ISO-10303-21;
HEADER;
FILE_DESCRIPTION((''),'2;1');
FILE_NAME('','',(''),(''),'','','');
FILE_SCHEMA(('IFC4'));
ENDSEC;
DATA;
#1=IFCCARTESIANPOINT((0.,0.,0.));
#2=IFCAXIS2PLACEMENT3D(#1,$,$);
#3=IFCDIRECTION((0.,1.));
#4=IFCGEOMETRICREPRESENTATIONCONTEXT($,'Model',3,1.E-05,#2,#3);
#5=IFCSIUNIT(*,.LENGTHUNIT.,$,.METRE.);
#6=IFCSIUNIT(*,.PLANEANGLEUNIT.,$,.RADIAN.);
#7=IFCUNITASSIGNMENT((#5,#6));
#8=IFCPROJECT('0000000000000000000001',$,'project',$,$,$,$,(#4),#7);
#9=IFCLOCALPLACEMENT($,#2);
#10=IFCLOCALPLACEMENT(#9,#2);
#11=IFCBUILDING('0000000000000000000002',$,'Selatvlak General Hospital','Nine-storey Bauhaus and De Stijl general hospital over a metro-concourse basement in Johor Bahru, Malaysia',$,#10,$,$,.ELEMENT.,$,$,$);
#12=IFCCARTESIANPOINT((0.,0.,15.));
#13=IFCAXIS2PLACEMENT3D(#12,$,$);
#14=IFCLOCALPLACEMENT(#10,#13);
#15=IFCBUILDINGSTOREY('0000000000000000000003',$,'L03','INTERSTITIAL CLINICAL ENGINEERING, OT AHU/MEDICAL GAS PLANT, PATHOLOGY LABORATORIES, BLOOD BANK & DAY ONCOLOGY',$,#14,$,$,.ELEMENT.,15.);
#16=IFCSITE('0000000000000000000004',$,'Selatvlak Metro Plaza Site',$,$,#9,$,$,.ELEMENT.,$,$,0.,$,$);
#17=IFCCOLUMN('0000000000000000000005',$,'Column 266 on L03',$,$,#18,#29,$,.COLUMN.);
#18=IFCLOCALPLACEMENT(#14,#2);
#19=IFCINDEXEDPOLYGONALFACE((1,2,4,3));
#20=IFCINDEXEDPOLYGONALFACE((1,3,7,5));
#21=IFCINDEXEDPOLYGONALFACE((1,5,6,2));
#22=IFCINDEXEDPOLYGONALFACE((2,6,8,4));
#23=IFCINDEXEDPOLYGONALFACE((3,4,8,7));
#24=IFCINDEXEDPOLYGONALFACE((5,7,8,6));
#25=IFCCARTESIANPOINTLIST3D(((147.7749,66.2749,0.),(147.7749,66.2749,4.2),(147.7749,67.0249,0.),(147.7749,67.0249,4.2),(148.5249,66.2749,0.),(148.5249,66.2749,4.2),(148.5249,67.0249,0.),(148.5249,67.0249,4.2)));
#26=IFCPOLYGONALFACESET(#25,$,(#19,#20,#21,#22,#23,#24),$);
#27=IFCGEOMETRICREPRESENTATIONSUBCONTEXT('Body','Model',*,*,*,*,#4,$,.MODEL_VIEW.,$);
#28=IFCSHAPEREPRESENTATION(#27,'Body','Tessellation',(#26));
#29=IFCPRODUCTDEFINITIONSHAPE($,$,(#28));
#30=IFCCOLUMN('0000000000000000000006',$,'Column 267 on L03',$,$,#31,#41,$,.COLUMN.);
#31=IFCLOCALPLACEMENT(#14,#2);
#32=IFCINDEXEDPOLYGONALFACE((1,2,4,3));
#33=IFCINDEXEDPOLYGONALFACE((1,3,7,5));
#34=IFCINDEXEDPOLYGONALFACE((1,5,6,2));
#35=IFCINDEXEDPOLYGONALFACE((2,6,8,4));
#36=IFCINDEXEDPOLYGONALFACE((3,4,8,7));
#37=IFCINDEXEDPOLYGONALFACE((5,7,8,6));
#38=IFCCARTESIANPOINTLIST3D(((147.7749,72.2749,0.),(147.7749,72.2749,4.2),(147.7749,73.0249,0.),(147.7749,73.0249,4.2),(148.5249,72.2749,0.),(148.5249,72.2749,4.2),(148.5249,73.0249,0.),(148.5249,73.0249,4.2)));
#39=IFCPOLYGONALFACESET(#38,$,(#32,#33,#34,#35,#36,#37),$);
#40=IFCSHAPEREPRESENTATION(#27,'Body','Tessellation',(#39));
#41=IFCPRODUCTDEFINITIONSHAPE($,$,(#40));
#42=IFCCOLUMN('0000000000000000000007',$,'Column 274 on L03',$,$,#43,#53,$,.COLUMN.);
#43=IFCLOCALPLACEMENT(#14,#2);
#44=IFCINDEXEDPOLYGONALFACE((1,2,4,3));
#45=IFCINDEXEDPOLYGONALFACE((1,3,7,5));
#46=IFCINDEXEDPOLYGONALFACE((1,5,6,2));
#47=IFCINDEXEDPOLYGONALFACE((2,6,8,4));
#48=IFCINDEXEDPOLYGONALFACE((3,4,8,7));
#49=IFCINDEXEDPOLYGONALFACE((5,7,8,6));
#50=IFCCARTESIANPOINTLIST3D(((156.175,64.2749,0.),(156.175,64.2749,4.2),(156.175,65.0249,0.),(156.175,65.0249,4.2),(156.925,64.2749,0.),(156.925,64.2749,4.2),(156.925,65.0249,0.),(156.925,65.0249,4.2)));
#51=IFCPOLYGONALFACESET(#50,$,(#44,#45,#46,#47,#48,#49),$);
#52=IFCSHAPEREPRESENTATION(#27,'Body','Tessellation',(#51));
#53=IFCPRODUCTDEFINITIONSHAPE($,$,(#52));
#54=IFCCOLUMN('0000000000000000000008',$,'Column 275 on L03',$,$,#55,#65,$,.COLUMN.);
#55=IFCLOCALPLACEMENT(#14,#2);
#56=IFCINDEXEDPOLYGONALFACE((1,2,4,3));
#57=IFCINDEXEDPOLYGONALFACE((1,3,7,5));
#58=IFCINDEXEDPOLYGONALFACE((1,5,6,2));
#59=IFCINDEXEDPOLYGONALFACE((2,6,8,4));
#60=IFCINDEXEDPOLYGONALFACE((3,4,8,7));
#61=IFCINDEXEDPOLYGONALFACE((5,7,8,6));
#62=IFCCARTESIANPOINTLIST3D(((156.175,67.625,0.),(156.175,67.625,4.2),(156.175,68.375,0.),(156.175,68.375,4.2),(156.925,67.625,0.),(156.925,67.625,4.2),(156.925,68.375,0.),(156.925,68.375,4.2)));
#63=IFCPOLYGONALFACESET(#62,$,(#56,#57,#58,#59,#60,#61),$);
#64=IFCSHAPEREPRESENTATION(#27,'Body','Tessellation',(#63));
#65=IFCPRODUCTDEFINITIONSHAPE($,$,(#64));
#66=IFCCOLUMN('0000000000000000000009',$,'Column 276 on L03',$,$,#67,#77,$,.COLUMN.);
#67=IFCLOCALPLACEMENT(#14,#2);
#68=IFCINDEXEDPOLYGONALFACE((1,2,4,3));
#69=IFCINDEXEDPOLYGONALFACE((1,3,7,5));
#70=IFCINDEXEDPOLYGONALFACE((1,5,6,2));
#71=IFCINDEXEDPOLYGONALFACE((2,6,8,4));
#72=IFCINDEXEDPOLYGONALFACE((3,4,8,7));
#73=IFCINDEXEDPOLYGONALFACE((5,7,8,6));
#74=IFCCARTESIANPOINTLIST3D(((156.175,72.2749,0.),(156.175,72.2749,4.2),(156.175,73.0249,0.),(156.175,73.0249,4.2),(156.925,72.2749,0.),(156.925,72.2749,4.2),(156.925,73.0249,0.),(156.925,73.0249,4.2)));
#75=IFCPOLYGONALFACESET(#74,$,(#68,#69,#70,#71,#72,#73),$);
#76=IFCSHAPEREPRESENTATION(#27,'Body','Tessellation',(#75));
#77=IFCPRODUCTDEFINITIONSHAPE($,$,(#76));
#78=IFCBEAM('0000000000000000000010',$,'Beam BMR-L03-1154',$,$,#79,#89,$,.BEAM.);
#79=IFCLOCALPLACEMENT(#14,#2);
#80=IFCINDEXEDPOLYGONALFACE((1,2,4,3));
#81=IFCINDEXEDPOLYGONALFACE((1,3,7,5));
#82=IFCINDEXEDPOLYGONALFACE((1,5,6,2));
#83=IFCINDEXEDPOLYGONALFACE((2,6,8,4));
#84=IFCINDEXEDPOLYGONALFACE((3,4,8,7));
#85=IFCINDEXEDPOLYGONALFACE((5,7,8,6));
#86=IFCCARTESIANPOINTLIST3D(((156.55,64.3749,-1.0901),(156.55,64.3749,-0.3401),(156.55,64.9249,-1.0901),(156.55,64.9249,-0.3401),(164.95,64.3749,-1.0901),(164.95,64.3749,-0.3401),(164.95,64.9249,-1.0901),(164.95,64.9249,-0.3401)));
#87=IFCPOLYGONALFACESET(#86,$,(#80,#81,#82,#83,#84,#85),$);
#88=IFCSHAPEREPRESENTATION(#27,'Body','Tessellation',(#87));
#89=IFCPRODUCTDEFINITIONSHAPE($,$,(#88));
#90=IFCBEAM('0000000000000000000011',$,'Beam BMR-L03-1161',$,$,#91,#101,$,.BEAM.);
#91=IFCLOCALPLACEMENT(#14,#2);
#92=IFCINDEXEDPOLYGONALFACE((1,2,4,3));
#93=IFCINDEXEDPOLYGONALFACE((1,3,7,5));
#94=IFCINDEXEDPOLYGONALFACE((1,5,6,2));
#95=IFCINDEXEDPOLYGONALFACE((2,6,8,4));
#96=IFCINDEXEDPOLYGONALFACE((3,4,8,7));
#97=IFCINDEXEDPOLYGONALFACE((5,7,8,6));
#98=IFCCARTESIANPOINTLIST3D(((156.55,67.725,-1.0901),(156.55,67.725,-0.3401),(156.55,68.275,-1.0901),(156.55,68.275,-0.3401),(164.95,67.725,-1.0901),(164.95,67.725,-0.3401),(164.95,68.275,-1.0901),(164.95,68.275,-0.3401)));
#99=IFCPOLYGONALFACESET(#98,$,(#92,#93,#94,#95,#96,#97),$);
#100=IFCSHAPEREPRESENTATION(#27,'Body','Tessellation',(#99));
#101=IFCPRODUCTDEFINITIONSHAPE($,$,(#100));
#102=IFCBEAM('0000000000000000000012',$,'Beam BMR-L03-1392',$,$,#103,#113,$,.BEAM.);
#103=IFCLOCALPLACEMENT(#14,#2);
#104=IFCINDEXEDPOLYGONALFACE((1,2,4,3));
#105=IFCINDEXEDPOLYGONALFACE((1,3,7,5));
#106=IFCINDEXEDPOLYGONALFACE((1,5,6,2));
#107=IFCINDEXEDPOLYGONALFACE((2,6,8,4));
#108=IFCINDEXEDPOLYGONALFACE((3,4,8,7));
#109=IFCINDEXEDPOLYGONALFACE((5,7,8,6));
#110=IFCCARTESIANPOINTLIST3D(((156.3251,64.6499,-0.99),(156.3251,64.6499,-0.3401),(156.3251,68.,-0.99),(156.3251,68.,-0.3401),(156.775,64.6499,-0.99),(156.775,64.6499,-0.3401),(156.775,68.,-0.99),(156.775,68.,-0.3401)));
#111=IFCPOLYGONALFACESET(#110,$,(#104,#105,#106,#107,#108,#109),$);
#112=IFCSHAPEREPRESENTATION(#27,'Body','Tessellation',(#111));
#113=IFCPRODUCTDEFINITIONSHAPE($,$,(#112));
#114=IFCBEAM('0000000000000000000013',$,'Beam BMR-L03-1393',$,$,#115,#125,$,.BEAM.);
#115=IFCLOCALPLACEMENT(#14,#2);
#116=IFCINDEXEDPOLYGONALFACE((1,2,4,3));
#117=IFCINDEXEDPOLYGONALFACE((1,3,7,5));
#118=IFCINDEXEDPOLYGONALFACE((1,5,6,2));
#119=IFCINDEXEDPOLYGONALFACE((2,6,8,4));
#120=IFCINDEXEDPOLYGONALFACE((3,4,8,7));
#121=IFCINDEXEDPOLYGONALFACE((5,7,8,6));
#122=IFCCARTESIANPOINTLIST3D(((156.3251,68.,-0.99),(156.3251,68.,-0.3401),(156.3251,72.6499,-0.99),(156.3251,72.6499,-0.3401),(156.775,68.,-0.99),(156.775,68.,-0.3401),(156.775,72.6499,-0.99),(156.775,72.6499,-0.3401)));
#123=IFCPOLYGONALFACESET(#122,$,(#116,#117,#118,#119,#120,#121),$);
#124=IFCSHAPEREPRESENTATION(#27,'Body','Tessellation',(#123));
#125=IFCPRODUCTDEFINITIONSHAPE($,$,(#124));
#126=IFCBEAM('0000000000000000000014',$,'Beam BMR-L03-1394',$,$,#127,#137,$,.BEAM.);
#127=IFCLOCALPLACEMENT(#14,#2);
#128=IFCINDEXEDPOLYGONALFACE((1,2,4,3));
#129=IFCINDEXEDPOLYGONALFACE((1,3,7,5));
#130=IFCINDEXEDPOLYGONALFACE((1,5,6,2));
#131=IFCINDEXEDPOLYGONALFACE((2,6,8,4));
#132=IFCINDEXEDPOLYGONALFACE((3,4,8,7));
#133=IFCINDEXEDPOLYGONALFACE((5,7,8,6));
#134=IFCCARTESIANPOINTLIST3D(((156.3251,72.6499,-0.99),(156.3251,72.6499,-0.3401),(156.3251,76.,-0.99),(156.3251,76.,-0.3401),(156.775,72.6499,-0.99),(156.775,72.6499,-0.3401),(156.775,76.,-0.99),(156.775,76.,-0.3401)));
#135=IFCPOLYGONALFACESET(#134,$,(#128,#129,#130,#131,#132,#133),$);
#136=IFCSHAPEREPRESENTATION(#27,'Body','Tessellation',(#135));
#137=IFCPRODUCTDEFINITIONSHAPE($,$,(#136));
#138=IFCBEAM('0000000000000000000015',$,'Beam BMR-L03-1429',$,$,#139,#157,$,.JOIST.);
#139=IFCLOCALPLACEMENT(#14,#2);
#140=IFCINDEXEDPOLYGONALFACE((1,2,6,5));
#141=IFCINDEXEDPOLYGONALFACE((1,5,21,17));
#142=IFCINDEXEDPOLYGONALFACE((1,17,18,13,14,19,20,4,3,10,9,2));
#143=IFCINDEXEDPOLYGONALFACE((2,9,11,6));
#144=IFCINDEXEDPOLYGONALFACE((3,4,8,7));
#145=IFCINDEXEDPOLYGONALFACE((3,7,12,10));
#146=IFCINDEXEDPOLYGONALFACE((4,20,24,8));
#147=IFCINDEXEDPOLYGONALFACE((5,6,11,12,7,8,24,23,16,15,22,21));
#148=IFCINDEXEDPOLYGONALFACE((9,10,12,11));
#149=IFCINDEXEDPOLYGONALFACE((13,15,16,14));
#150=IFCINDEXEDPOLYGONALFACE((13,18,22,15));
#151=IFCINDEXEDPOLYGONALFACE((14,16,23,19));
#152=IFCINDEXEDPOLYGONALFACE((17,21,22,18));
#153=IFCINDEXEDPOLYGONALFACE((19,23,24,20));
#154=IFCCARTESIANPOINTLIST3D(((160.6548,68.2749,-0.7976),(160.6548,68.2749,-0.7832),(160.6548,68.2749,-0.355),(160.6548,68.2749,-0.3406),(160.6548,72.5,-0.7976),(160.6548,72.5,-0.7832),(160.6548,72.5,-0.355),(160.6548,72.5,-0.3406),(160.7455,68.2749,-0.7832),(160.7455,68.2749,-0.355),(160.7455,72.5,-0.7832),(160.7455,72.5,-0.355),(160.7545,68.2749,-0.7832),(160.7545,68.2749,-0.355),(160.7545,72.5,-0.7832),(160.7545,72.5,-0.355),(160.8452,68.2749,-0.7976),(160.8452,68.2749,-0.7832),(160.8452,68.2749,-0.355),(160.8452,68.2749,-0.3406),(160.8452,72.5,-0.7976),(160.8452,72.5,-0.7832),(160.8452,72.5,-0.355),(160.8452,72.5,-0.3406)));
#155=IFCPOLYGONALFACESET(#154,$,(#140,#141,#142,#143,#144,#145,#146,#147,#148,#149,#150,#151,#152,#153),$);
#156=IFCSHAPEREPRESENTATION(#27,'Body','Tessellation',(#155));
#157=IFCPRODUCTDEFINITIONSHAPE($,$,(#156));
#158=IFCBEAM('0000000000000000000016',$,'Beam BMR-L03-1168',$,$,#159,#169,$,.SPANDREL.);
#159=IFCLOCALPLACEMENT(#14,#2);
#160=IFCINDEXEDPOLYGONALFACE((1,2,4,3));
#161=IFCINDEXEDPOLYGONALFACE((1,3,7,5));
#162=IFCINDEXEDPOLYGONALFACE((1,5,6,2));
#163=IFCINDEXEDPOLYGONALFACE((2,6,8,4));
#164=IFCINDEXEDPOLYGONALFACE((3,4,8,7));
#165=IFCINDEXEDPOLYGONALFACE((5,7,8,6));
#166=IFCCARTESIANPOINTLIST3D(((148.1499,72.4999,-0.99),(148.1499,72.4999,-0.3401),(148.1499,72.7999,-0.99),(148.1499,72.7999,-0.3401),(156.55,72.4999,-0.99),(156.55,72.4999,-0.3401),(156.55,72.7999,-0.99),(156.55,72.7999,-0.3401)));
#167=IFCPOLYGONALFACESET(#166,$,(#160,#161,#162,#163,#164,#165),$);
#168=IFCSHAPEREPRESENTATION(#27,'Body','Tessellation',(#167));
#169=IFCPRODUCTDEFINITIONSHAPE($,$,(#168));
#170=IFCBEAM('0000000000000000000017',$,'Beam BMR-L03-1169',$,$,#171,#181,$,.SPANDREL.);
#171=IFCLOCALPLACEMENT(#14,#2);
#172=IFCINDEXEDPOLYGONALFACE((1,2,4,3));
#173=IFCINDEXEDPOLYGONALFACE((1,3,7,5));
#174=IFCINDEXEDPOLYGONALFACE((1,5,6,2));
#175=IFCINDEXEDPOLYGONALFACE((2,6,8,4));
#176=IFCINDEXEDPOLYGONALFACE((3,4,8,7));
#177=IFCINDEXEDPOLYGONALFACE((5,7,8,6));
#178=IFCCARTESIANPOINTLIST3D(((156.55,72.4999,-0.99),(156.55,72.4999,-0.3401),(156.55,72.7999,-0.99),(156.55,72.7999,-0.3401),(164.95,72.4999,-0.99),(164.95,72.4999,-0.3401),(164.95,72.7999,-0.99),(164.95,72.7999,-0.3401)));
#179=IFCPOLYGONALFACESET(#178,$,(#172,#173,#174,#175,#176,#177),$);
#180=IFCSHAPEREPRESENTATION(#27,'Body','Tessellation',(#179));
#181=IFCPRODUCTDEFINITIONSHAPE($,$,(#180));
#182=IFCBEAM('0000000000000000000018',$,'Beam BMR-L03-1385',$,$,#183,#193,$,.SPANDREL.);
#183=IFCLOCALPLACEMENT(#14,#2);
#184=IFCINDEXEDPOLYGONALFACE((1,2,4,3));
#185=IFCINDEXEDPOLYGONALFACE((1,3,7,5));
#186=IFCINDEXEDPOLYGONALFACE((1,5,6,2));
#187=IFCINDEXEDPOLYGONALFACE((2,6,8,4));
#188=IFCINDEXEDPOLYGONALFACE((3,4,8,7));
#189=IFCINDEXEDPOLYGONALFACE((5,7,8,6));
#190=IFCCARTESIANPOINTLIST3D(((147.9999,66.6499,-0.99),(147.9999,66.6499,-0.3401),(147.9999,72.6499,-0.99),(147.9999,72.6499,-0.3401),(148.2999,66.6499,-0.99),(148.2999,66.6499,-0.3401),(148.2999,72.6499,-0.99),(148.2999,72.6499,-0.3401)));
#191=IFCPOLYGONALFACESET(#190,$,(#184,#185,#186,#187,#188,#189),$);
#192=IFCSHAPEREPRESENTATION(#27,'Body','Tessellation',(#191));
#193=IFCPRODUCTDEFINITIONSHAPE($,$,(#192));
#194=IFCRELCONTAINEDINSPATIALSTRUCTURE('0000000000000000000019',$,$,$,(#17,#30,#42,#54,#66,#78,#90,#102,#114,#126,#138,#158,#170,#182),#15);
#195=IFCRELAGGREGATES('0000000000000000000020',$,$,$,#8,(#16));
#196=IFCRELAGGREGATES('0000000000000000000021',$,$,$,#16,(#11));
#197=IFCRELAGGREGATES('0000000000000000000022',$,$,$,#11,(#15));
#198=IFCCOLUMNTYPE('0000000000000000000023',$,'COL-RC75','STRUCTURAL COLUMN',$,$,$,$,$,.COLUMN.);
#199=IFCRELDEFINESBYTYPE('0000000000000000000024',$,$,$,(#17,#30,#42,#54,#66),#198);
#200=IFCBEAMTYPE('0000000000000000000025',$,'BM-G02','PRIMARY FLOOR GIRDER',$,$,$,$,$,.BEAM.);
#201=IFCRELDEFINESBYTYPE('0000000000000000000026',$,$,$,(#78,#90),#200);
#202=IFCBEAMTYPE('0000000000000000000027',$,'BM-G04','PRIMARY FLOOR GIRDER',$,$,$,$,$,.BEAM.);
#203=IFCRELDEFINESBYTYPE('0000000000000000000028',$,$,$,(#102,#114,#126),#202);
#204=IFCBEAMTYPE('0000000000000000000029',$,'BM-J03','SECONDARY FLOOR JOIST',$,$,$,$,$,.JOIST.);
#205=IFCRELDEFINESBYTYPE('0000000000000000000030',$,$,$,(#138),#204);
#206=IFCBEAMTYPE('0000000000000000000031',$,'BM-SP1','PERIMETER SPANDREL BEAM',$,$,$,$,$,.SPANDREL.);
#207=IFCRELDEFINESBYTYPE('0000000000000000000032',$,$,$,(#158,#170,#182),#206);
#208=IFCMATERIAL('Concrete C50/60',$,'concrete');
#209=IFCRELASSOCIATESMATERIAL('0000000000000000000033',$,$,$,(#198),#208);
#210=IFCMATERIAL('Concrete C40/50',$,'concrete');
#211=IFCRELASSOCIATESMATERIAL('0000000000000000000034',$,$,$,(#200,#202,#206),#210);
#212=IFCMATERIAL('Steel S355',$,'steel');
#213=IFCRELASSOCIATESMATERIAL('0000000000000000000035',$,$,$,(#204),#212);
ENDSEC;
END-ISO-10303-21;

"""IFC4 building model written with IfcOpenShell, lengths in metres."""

from ifc_helpers import new_model, si_unit, direction, frame, origin, origin_2d, place, context, subcontext, project, spatial, rectangle, i_section, extrude, material, material_profile, profile_set, type_object, element, save


model = new_model("IFC4")

# Units and contexts
model_context = context("Model", 3, precision=1e-05, world=origin(), true_north=direction((0.0, 1.0)))
body_context = subcontext(model_context, "Body", "Model", "MODEL_VIEW")
ifc_project = project(units=[si_unit("LENGTHUNIT", "METRE"), si_unit("PLANEANGLEUNIT", "RADIAN")], contexts=[model_context])

# Site, building, storey
site_placement = place(None, origin())
site = spatial("IfcSite", under=ifc_project, at=site_placement, Name="Selatvlak Metro Plaza Site", CompositionType="ELEMENT", RefElevation=0.0)
building_placement = place(site_placement, origin())
building = spatial("IfcBuilding", under=site, at=building_placement, Name="Selatvlak General Hospital", Description="Nine-storey Bauhaus and De Stijl general hospital over a metro-concourse basement in Johor Bahru, Malaysia", CompositionType="ELEMENT")
storey_placement = place(building_placement, frame((0.0, 0.0, 15.0)))
storey = spatial("IfcBuildingStorey", under=building, at=storey_placement, Name="L03", Description="INTERSTITIAL CLINICAL ENGINEERING, OT AHU/MEDICAL GAS PLANT, PATHOLOGY LABORATORIES, BLOOD BANK & DAY ONCOLOGY", CompositionType="ELEMENT", Elevation=15.0)

# Columns
ifc_material_1 = material(Name="Concrete C50/60", Category="concrete")
ifc_material_profile_1 = material_profile(ifc_material_1, rectangle(XDim=0.75, YDim=0.75, at=origin_2d()), Name="RC-COL 750x750")
ifc_profile_set_1 = profile_set([ifc_material_profile_1], Name="Concrete C50/60")
column_type = type_object("IfcColumnType", Name="COL-RC75", Description="STRUCTURAL COLUMN", PredefinedType="COLUMN", material=ifc_profile_set_1)
for number, where, z_axis, x_axis, name in (
    (1, (148.1499, 66.6499, 0.0), (0.0, 0.0, 1.0), (1.0, 0.0, 0.0), "Column 266 on L03"),
    (2, (148.1499, 72.6499, 0.0), (0.0, 0.0, 1.0), (1.0, 0.0, 0.0), "Column 267 on L03"),
    (3, (156.55, 64.6499, 0.0), (0.0, 0.0, 1.0), (1.0, 0.0, 0.0), "Column 274 on L03"),
    (4, (156.55, 68.0, 0.0), (0.0, 0.0, 1.0), (1.0, 0.0, 0.0), "Column 275 on L03"),
    (5, (156.55, 72.6499, 0.0), (0.0, 0.0, 1.0), (1.0, 0.0, 0.0), "Column 276 on L03"),
):
    element("IfcColumn", number, at=place(storey_placement, frame(where, z_axis=z_axis, x_axis=x_axis)), inside=storey, type_object=column_type, Name=name, PredefinedType="COLUMN", context=body_context, shape_type="SweptSolid", body=[
        extrude(rectangle(XDim=0.75, YDim=0.75, at=origin_2d()), origin(), (0.0, 0.0, 1.0), 4.2),
    ])

# Beams
ifc_material_2 = material(Name="Concrete C40/50", Category="concrete")
ifc_material_profile_2 = material_profile(ifc_material_2, rectangle(XDim=0.55, YDim=0.75, at=origin_2d()), Name="RC-BM 550x750")
ifc_profile_set_2 = profile_set([ifc_material_profile_2], Name="Concrete C40/50")
beam_type_1 = type_object("IfcBeamType", Name="BM-G02", Description="PRIMARY FLOOR GIRDER", PredefinedType="BEAM", material=ifc_profile_set_2)
for number, where, z_axis, x_axis, name in (
    (6, (156.55, 64.6499, -0.7151), (1.0, 0.0, 0.0), (0.0, 1.0, 0.0), "Beam BMR-L03-1154"),
    (7, (156.55, 68.0, -0.7151), (1.0, 0.0, 0.0), (0.0, 1.0, 0.0), "Beam BMR-L03-1161"),
):
    element("IfcBeam", number, at=place(storey_placement, frame(where, z_axis=z_axis, x_axis=x_axis)), inside=storey, type_object=beam_type_1, Name=name, PredefinedType="BEAM", context=body_context, shape_type="SweptSolid", body=[
        extrude(rectangle(XDim=0.55, YDim=0.75, at=origin_2d()), origin(), (0.0, 0.0, 1.0), 8.3999),
    ])
ifc_material_profile_3 = material_profile(ifc_material_2, rectangle(XDim=0.45, YDim=0.6499, at=origin_2d()), Name="RC-BM 450x650")
ifc_profile_set_3 = profile_set([ifc_material_profile_3], Name="Concrete C40/50")
beam_type_2 = type_object("IfcBeamType", Name="BM-G04", Description="PRIMARY FLOOR GIRDER", PredefinedType="BEAM", material=ifc_profile_set_3)
beam_1_placement = place(storey_placement, frame((156.55, 64.6499, -0.665), z_axis=(0.0, 1.0, 0.0), x_axis=(-1.0, 0.0, 0.0)))
element("IfcBeam", 8, at=beam_1_placement, inside=storey, type_object=beam_type_2, Name="Beam BMR-L03-1392", PredefinedType="BEAM", context=body_context, shape_type="SweptSolid", body=[
    extrude(rectangle(XDim=0.45, YDim=0.6499, at=origin_2d()), origin(), (0.0, 0.0, 1.0), 3.3501),
])
beam_2_placement = place(storey_placement, frame((156.55, 68.0, -0.665), z_axis=(0.0, 1.0, 0.0), x_axis=(-1.0, 0.0, 0.0)))
element("IfcBeam", 9, at=beam_2_placement, inside=storey, type_object=beam_type_2, Name="Beam BMR-L03-1393", PredefinedType="BEAM", context=body_context, shape_type="SweptSolid", body=[
    extrude(rectangle(XDim=0.45, YDim=0.6499, at=origin_2d()), origin(), (0.0, 0.0, 1.0), 4.6499),
])
beam_3_placement = place(storey_placement, frame((156.55, 72.6499, -0.665), z_axis=(0.0, 1.0, 0.0), x_axis=(-1.0, 0.0, 0.0)))
element("IfcBeam", 10, at=beam_3_placement, inside=storey, type_object=beam_type_2, Name="Beam BMR-L03-1394", PredefinedType="BEAM", context=body_context, shape_type="SweptSolid", body=[
    extrude(rectangle(XDim=0.45, YDim=0.6499, at=origin_2d()), origin(), (0.0, 0.0, 1.0), 3.3501),
])
ifc_material_3 = material(Name="Steel S355", Category="steel")
ifc_material_profile_4 = material_profile(ifc_material_3, i_section(OverallWidth=0.1904, OverallDepth=0.457, WebThickness=0.009, FlangeThickness=0.0144, at=origin_2d()), Name="UB 457x191x74")
ifc_profile_set_4 = profile_set([ifc_material_profile_4], Name="Steel S355")
beam_type_3 = type_object("IfcBeamType", Name="BM-J03", Description="SECONDARY FLOOR JOIST", PredefinedType="JOIST", material=ifc_profile_set_4)
beam_4_placement = place(storey_placement, frame((160.75, 68.2749, -0.5691), z_axis=(0.0, 1.0, 0.0), x_axis=(-1.0, 0.0, 0.0)))
element("IfcBeam", 11, at=beam_4_placement, inside=storey, type_object=beam_type_3, Name="Beam BMR-L03-1429", PredefinedType="JOIST", context=body_context, shape_type="SweptSolid", body=[
    extrude(i_section(OverallWidth=0.1904, OverallDepth=0.457, WebThickness=0.009, FlangeThickness=0.0144, at=origin_2d()), origin(), (0.0, 0.0, 1.0), 4.2251),
])
ifc_material_profile_5 = material_profile(ifc_material_2, rectangle(XDim=0.3, YDim=0.6499, at=origin_2d()), Name="RC-SP 300x650")
ifc_profile_set_5 = profile_set([ifc_material_profile_5], Name="Concrete C40/50")
beam_type_4 = type_object("IfcBeamType", Name="BM-SP1", Description="PERIMETER SPANDREL BEAM", PredefinedType="SPANDREL", material=ifc_profile_set_5)
beam_5_placement = place(storey_placement, frame((148.1499, 72.6499, -0.665), z_axis=(1.0, 0.0, 0.0), x_axis=(0.0, 1.0, 0.0)))
element("IfcBeam", 12, at=beam_5_placement, inside=storey, type_object=beam_type_4, Name="Beam BMR-L03-1168", PredefinedType="SPANDREL", context=body_context, shape_type="SweptSolid", body=[
    extrude(rectangle(XDim=0.3, YDim=0.6499, at=origin_2d()), origin(), (0.0, 0.0, 1.0), 8.4001),
])
beam_6_placement = place(storey_placement, frame((156.55, 72.6499, -0.665), z_axis=(1.0, 0.0, 0.0), x_axis=(0.0, 1.0, 0.0)))
element("IfcBeam", 13, at=beam_6_placement, inside=storey, type_object=beam_type_4, Name="Beam BMR-L03-1169", PredefinedType="SPANDREL", context=body_context, shape_type="SweptSolid", body=[
    extrude(rectangle(XDim=0.3, YDim=0.6499, at=origin_2d()), origin(), (0.0, 0.0, 1.0), 8.3999),
])
beam_7_placement = place(storey_placement, frame((148.1499, 66.6499, -0.665), z_axis=(0.0, 1.0, 0.0), x_axis=(-1.0, 0.0, 0.0)))
element("IfcBeam", 14, at=beam_7_placement, inside=storey, type_object=beam_type_4, Name="Beam BMR-L03-1385", PredefinedType="SPANDREL", context=body_context, shape_type="SweptSolid", body=[
    extrude(rectangle(XDim=0.3, YDim=0.6499, at=origin_2d()), origin(), (0.0, 0.0, 1.0), 6.0),
])

save(model, "model.ifc")
